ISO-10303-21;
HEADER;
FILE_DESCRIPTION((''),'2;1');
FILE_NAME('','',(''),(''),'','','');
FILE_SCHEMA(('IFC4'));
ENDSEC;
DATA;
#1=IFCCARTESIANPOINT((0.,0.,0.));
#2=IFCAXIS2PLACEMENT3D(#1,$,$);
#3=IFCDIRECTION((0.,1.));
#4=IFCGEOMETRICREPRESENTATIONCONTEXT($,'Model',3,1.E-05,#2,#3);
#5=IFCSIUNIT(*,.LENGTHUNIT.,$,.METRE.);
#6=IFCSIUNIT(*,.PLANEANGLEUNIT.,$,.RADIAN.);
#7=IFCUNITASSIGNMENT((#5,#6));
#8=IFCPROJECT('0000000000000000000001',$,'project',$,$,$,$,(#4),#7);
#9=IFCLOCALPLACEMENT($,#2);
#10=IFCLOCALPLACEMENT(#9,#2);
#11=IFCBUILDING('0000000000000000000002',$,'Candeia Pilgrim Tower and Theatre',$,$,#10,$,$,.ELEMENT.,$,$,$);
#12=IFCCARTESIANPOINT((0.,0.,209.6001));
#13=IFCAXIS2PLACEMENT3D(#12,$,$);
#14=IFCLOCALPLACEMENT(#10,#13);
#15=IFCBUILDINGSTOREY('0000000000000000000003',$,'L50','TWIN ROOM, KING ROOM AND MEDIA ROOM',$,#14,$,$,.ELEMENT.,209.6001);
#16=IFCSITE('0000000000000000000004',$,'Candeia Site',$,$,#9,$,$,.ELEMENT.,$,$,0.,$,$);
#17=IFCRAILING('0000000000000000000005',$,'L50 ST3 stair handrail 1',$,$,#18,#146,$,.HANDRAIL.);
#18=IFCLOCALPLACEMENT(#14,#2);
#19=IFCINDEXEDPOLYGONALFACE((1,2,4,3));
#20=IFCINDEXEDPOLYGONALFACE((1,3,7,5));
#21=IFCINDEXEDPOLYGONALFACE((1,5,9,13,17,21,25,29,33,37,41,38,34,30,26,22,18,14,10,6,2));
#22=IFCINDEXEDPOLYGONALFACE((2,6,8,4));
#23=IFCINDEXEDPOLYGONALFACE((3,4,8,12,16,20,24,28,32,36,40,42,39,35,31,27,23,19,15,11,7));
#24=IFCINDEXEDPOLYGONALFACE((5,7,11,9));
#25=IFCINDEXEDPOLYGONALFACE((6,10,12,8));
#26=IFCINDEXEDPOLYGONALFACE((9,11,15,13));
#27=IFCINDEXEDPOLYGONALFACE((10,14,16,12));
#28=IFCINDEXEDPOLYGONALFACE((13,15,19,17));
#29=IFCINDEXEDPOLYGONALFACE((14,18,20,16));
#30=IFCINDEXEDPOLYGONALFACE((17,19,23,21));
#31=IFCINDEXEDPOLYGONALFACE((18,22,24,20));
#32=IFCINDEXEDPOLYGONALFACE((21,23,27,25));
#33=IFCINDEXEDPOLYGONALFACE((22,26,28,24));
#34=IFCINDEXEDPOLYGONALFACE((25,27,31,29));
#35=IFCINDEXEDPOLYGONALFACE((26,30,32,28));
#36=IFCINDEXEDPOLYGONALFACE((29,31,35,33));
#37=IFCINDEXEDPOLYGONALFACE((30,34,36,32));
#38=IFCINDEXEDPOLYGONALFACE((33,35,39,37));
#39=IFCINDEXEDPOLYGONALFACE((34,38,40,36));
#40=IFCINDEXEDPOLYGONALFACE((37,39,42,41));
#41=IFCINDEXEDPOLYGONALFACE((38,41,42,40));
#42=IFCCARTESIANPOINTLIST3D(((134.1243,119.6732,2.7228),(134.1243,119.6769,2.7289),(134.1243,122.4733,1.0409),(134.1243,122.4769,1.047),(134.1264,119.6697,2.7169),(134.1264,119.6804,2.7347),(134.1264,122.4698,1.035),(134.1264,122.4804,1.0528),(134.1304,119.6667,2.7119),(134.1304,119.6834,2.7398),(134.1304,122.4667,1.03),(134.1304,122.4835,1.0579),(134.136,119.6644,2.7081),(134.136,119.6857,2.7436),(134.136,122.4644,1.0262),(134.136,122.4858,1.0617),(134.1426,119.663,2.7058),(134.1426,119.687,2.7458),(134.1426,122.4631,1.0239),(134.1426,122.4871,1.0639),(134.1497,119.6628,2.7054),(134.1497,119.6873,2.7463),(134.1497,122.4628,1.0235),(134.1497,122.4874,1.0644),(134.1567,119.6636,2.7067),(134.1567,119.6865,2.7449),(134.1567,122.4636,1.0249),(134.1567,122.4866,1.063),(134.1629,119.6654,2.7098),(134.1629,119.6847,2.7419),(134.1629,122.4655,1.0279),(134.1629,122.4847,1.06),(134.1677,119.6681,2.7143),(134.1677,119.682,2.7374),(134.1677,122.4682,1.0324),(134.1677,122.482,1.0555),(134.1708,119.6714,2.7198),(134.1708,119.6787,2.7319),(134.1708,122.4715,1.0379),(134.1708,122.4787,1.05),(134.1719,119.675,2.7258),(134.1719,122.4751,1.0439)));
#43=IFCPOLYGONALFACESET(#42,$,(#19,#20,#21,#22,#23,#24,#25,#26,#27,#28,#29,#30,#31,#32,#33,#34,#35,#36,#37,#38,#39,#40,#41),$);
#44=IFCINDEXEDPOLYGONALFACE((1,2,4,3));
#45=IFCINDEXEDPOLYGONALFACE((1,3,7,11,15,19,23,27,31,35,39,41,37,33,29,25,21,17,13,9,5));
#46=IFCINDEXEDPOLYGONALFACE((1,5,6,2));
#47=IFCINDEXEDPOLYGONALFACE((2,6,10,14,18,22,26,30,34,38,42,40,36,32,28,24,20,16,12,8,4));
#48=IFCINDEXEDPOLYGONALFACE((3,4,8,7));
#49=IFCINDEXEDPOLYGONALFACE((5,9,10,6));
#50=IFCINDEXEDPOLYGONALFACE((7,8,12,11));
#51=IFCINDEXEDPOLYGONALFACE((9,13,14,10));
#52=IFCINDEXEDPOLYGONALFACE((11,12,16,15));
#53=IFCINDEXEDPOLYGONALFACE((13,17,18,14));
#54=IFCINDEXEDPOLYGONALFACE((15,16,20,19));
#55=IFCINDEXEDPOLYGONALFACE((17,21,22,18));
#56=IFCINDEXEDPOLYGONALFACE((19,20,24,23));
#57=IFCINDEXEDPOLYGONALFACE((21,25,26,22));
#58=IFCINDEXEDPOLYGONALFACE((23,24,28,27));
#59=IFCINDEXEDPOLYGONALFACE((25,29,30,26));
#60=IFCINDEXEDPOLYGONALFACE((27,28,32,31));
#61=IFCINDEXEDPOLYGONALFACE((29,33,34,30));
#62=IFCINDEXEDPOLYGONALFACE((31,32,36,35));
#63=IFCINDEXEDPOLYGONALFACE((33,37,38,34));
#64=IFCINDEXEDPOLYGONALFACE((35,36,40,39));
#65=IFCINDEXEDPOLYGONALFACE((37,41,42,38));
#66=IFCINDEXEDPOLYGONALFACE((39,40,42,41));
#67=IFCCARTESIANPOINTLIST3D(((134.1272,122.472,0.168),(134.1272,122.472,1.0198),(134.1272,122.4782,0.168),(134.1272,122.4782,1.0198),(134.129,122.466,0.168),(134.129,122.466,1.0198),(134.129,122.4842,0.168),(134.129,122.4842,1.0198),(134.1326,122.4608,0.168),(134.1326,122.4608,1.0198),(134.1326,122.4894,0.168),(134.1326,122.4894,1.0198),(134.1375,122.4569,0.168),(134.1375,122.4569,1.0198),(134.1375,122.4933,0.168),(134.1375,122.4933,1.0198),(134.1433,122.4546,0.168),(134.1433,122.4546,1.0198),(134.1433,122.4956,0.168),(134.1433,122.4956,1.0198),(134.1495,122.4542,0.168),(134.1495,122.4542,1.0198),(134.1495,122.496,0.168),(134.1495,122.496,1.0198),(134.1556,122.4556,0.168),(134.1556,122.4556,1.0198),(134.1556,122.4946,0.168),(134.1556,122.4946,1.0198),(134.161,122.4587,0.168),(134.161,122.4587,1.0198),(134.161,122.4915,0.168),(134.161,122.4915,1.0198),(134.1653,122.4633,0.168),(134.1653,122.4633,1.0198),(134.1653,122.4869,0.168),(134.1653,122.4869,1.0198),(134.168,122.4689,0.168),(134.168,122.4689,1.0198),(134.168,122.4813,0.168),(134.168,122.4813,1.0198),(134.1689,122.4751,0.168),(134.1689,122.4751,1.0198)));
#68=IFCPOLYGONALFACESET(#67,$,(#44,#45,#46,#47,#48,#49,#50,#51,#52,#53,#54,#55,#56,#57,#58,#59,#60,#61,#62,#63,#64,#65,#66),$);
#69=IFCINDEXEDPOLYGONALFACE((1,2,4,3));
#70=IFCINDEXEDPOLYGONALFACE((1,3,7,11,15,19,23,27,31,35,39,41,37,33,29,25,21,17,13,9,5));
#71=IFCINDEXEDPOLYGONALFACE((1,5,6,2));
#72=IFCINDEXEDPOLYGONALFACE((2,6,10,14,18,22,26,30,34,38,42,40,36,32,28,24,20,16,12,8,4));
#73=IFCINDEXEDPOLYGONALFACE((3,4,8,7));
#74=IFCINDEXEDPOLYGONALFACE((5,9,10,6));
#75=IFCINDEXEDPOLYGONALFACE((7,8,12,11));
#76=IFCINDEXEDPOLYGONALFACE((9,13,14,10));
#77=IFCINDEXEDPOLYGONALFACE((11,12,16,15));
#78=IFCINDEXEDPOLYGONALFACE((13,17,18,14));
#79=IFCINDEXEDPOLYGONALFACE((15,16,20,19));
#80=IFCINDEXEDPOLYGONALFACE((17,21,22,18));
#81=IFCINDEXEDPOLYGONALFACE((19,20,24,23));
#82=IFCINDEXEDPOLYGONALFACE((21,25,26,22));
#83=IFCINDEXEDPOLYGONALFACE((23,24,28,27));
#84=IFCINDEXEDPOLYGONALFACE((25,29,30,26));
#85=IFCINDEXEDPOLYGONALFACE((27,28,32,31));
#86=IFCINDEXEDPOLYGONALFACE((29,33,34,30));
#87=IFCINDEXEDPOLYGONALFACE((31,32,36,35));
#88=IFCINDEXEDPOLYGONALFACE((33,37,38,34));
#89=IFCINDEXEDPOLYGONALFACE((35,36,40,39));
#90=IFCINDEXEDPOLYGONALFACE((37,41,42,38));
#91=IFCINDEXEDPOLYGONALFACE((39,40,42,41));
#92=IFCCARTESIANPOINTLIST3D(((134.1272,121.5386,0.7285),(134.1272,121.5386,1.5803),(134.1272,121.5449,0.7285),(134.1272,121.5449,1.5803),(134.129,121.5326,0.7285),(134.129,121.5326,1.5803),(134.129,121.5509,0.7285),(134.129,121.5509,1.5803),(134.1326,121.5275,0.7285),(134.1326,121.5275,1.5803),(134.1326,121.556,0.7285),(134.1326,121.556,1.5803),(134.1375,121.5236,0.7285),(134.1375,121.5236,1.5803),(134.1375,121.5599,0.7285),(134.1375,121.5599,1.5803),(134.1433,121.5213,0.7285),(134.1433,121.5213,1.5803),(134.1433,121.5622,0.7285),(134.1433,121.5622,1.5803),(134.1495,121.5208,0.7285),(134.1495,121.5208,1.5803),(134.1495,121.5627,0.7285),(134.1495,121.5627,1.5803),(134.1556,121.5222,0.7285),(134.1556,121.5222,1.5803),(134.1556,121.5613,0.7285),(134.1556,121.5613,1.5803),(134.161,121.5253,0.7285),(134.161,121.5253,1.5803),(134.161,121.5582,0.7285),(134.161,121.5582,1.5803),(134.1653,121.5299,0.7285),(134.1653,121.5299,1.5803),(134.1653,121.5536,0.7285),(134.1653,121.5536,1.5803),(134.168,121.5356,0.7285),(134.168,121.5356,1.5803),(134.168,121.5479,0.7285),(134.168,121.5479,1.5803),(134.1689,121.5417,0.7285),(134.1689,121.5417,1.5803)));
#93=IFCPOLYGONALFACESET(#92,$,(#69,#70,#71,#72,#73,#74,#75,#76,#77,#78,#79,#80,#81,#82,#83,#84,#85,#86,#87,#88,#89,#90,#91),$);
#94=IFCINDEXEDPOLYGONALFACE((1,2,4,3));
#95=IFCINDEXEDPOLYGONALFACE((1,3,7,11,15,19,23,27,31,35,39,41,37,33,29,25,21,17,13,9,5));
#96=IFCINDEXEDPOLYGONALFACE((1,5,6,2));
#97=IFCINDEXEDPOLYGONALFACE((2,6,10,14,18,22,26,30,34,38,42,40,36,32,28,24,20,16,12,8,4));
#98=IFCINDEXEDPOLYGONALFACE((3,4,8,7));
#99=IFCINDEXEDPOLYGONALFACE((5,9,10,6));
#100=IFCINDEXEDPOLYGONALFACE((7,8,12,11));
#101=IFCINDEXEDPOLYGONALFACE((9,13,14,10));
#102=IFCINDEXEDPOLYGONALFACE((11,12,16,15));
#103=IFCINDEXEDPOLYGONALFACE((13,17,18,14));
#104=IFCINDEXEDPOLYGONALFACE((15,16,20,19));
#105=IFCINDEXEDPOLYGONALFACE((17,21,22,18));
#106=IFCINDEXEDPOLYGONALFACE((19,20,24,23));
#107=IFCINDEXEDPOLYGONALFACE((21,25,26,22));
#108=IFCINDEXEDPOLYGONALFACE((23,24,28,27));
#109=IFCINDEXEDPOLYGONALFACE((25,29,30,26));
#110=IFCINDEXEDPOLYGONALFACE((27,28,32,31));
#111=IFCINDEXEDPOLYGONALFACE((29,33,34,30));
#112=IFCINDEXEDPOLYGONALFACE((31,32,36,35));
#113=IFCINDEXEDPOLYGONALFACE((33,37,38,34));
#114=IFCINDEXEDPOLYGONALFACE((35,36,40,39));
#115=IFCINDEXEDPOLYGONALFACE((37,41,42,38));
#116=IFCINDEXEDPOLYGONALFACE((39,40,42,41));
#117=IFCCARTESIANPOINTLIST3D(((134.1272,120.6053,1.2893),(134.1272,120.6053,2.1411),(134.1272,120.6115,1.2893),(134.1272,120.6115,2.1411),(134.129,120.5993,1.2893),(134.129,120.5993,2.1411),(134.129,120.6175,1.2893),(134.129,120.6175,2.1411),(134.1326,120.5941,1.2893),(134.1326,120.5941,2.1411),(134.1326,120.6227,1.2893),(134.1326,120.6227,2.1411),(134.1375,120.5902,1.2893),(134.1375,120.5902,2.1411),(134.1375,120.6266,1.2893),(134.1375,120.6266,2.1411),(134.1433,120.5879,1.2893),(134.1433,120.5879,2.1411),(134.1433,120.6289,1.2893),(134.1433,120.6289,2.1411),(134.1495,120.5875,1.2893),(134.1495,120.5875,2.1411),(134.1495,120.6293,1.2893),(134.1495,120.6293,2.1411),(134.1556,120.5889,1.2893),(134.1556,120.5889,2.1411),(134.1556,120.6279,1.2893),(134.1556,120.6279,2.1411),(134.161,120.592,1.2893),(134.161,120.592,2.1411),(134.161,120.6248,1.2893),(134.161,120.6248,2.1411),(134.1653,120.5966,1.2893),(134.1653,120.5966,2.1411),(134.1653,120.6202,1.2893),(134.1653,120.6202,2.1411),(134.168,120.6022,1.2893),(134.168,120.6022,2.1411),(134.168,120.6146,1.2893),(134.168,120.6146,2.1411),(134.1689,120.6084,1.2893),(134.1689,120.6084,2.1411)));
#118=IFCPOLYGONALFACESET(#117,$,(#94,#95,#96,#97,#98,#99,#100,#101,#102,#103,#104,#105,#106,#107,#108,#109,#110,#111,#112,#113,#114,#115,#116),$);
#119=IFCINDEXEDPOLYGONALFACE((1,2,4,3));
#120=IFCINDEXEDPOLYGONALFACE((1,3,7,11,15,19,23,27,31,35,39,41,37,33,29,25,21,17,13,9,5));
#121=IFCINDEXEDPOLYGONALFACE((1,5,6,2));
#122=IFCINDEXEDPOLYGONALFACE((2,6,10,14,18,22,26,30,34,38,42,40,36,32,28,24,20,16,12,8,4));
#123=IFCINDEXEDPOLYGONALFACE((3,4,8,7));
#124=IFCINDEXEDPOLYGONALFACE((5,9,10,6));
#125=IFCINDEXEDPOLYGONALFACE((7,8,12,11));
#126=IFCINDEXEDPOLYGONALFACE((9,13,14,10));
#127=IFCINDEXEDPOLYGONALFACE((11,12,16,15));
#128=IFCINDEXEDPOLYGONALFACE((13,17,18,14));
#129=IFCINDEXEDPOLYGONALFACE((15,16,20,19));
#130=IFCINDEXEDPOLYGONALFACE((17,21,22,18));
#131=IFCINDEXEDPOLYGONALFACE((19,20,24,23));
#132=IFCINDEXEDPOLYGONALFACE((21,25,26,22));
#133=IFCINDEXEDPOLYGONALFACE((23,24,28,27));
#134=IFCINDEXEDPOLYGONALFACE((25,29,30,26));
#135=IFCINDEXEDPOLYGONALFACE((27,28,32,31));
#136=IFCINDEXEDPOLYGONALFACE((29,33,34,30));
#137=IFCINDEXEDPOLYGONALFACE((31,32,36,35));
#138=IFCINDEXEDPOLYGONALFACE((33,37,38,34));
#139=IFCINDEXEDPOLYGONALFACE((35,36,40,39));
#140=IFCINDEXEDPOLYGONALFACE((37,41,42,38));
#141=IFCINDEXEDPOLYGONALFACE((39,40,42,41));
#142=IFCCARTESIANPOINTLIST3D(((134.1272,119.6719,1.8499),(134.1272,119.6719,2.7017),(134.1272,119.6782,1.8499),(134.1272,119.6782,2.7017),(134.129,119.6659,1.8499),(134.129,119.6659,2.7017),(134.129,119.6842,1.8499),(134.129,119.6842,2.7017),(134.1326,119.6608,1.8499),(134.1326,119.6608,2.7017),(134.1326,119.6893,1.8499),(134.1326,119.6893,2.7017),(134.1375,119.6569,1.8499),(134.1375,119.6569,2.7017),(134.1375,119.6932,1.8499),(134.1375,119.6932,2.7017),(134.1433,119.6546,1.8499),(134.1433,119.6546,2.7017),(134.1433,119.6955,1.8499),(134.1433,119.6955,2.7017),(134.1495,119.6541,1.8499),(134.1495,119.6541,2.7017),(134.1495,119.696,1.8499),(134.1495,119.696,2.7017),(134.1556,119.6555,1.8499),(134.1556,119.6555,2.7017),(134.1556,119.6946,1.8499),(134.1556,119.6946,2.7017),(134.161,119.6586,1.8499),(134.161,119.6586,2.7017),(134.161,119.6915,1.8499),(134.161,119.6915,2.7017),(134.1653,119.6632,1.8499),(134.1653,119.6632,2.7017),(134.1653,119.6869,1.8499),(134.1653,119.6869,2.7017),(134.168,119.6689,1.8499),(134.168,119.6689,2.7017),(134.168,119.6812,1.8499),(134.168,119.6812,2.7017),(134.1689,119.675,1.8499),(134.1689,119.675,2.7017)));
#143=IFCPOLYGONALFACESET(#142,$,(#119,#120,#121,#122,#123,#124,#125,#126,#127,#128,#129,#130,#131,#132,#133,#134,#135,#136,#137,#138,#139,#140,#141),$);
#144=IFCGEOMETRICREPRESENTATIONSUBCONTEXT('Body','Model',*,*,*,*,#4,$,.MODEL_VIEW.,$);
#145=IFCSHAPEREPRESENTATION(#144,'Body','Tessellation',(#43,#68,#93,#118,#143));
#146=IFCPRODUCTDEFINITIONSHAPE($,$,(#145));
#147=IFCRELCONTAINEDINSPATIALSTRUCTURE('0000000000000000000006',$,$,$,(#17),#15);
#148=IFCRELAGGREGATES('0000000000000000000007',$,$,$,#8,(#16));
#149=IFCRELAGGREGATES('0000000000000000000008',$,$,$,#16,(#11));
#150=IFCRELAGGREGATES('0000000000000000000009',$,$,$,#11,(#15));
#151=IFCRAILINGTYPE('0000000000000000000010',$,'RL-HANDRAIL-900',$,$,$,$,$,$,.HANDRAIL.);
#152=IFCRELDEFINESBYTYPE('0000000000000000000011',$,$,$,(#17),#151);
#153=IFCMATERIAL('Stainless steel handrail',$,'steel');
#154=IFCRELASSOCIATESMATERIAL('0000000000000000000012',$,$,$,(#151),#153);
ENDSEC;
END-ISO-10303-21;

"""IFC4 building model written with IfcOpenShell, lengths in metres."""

from ifc_helpers import new_model, si_unit, direction, frame, origin, origin_2d, place, context, subcontext, project, spatial, circle, extrude, material, type_object, element, save


model = new_model("IFC4")

# Units and contexts
model_context = context("Model", 3, precision=1e-05, world=origin(), true_north=direction((0.0, 1.0)))
body_context = subcontext(model_context, "Body", "Model", "MODEL_VIEW")
ifc_project = project(units=[si_unit("LENGTHUNIT", "METRE"), si_unit("PLANEANGLEUNIT", "RADIAN")], contexts=[model_context])

# Site, building, storey
site_placement = place(None, origin())
site = spatial("IfcSite", under=ifc_project, at=site_placement, Name="Candeia Site", CompositionType="ELEMENT", RefElevation=0.0)
building_placement = place(site_placement, origin())
building = spatial("IfcBuilding", under=site, at=building_placement, Name="Candeia Pilgrim Tower and Theatre", CompositionType="ELEMENT")
storey_placement = place(building_placement, frame((0.0, 0.0, 209.6001)))
storey = spatial("IfcBuildingStorey", under=building, at=storey_placement, Name="L50", Description="TWIN ROOM, KING ROOM AND MEDIA ROOM", CompositionType="ELEMENT", Elevation=209.6001)

# Railing
ifc_material_1 = material(Name="Stainless steel handrail", Category="steel")
railing_type_1 = type_object("IfcRailingType", Name="RL-HANDRAIL-900", PredefinedType="HANDRAIL", material=ifc_material_1)
railing_1_placement = place(storey_placement, frame((134.1479, 122.4751, 0.168)))
element("IfcRailing", 1, at=railing_1_placement, inside=storey, type_object=railing_type_1, Name="L50 ST3 stair handrail 1", PredefinedType="HANDRAIL", context=body_context, shape_type="SweptSolid", body=[
    extrude(circle(Radius=0.0239, at=origin_2d()), frame((0.0, 0.0, 0.876), z_axis=(0.0, -0.857242, 0.514913), x_axis=(1.0, 0.0, 0.0)), (0.0, 0.0, 1.0), 3.2664),
    extrude(circle(Radius=0.021, at=origin_2d()), origin(), (0.0, 0.0, 1.0), 0.8518),
    extrude(circle(Radius=0.021, at=origin_2d()), frame((0.0, -0.9333, 0.5605)), (0.0, 0.0, 1.0), 0.8518),
    extrude(circle(Radius=0.021, at=origin_2d()), frame((0.0, -1.8667, 1.1213)), (0.0, 0.0, 1.0), 0.8518),
    extrude(circle(Radius=0.021, at=origin_2d()), frame((0.0, -2.8, 1.6819)), (0.0, 0.0, 1.0), 0.8518),
])

save(model, "model.ifc")
